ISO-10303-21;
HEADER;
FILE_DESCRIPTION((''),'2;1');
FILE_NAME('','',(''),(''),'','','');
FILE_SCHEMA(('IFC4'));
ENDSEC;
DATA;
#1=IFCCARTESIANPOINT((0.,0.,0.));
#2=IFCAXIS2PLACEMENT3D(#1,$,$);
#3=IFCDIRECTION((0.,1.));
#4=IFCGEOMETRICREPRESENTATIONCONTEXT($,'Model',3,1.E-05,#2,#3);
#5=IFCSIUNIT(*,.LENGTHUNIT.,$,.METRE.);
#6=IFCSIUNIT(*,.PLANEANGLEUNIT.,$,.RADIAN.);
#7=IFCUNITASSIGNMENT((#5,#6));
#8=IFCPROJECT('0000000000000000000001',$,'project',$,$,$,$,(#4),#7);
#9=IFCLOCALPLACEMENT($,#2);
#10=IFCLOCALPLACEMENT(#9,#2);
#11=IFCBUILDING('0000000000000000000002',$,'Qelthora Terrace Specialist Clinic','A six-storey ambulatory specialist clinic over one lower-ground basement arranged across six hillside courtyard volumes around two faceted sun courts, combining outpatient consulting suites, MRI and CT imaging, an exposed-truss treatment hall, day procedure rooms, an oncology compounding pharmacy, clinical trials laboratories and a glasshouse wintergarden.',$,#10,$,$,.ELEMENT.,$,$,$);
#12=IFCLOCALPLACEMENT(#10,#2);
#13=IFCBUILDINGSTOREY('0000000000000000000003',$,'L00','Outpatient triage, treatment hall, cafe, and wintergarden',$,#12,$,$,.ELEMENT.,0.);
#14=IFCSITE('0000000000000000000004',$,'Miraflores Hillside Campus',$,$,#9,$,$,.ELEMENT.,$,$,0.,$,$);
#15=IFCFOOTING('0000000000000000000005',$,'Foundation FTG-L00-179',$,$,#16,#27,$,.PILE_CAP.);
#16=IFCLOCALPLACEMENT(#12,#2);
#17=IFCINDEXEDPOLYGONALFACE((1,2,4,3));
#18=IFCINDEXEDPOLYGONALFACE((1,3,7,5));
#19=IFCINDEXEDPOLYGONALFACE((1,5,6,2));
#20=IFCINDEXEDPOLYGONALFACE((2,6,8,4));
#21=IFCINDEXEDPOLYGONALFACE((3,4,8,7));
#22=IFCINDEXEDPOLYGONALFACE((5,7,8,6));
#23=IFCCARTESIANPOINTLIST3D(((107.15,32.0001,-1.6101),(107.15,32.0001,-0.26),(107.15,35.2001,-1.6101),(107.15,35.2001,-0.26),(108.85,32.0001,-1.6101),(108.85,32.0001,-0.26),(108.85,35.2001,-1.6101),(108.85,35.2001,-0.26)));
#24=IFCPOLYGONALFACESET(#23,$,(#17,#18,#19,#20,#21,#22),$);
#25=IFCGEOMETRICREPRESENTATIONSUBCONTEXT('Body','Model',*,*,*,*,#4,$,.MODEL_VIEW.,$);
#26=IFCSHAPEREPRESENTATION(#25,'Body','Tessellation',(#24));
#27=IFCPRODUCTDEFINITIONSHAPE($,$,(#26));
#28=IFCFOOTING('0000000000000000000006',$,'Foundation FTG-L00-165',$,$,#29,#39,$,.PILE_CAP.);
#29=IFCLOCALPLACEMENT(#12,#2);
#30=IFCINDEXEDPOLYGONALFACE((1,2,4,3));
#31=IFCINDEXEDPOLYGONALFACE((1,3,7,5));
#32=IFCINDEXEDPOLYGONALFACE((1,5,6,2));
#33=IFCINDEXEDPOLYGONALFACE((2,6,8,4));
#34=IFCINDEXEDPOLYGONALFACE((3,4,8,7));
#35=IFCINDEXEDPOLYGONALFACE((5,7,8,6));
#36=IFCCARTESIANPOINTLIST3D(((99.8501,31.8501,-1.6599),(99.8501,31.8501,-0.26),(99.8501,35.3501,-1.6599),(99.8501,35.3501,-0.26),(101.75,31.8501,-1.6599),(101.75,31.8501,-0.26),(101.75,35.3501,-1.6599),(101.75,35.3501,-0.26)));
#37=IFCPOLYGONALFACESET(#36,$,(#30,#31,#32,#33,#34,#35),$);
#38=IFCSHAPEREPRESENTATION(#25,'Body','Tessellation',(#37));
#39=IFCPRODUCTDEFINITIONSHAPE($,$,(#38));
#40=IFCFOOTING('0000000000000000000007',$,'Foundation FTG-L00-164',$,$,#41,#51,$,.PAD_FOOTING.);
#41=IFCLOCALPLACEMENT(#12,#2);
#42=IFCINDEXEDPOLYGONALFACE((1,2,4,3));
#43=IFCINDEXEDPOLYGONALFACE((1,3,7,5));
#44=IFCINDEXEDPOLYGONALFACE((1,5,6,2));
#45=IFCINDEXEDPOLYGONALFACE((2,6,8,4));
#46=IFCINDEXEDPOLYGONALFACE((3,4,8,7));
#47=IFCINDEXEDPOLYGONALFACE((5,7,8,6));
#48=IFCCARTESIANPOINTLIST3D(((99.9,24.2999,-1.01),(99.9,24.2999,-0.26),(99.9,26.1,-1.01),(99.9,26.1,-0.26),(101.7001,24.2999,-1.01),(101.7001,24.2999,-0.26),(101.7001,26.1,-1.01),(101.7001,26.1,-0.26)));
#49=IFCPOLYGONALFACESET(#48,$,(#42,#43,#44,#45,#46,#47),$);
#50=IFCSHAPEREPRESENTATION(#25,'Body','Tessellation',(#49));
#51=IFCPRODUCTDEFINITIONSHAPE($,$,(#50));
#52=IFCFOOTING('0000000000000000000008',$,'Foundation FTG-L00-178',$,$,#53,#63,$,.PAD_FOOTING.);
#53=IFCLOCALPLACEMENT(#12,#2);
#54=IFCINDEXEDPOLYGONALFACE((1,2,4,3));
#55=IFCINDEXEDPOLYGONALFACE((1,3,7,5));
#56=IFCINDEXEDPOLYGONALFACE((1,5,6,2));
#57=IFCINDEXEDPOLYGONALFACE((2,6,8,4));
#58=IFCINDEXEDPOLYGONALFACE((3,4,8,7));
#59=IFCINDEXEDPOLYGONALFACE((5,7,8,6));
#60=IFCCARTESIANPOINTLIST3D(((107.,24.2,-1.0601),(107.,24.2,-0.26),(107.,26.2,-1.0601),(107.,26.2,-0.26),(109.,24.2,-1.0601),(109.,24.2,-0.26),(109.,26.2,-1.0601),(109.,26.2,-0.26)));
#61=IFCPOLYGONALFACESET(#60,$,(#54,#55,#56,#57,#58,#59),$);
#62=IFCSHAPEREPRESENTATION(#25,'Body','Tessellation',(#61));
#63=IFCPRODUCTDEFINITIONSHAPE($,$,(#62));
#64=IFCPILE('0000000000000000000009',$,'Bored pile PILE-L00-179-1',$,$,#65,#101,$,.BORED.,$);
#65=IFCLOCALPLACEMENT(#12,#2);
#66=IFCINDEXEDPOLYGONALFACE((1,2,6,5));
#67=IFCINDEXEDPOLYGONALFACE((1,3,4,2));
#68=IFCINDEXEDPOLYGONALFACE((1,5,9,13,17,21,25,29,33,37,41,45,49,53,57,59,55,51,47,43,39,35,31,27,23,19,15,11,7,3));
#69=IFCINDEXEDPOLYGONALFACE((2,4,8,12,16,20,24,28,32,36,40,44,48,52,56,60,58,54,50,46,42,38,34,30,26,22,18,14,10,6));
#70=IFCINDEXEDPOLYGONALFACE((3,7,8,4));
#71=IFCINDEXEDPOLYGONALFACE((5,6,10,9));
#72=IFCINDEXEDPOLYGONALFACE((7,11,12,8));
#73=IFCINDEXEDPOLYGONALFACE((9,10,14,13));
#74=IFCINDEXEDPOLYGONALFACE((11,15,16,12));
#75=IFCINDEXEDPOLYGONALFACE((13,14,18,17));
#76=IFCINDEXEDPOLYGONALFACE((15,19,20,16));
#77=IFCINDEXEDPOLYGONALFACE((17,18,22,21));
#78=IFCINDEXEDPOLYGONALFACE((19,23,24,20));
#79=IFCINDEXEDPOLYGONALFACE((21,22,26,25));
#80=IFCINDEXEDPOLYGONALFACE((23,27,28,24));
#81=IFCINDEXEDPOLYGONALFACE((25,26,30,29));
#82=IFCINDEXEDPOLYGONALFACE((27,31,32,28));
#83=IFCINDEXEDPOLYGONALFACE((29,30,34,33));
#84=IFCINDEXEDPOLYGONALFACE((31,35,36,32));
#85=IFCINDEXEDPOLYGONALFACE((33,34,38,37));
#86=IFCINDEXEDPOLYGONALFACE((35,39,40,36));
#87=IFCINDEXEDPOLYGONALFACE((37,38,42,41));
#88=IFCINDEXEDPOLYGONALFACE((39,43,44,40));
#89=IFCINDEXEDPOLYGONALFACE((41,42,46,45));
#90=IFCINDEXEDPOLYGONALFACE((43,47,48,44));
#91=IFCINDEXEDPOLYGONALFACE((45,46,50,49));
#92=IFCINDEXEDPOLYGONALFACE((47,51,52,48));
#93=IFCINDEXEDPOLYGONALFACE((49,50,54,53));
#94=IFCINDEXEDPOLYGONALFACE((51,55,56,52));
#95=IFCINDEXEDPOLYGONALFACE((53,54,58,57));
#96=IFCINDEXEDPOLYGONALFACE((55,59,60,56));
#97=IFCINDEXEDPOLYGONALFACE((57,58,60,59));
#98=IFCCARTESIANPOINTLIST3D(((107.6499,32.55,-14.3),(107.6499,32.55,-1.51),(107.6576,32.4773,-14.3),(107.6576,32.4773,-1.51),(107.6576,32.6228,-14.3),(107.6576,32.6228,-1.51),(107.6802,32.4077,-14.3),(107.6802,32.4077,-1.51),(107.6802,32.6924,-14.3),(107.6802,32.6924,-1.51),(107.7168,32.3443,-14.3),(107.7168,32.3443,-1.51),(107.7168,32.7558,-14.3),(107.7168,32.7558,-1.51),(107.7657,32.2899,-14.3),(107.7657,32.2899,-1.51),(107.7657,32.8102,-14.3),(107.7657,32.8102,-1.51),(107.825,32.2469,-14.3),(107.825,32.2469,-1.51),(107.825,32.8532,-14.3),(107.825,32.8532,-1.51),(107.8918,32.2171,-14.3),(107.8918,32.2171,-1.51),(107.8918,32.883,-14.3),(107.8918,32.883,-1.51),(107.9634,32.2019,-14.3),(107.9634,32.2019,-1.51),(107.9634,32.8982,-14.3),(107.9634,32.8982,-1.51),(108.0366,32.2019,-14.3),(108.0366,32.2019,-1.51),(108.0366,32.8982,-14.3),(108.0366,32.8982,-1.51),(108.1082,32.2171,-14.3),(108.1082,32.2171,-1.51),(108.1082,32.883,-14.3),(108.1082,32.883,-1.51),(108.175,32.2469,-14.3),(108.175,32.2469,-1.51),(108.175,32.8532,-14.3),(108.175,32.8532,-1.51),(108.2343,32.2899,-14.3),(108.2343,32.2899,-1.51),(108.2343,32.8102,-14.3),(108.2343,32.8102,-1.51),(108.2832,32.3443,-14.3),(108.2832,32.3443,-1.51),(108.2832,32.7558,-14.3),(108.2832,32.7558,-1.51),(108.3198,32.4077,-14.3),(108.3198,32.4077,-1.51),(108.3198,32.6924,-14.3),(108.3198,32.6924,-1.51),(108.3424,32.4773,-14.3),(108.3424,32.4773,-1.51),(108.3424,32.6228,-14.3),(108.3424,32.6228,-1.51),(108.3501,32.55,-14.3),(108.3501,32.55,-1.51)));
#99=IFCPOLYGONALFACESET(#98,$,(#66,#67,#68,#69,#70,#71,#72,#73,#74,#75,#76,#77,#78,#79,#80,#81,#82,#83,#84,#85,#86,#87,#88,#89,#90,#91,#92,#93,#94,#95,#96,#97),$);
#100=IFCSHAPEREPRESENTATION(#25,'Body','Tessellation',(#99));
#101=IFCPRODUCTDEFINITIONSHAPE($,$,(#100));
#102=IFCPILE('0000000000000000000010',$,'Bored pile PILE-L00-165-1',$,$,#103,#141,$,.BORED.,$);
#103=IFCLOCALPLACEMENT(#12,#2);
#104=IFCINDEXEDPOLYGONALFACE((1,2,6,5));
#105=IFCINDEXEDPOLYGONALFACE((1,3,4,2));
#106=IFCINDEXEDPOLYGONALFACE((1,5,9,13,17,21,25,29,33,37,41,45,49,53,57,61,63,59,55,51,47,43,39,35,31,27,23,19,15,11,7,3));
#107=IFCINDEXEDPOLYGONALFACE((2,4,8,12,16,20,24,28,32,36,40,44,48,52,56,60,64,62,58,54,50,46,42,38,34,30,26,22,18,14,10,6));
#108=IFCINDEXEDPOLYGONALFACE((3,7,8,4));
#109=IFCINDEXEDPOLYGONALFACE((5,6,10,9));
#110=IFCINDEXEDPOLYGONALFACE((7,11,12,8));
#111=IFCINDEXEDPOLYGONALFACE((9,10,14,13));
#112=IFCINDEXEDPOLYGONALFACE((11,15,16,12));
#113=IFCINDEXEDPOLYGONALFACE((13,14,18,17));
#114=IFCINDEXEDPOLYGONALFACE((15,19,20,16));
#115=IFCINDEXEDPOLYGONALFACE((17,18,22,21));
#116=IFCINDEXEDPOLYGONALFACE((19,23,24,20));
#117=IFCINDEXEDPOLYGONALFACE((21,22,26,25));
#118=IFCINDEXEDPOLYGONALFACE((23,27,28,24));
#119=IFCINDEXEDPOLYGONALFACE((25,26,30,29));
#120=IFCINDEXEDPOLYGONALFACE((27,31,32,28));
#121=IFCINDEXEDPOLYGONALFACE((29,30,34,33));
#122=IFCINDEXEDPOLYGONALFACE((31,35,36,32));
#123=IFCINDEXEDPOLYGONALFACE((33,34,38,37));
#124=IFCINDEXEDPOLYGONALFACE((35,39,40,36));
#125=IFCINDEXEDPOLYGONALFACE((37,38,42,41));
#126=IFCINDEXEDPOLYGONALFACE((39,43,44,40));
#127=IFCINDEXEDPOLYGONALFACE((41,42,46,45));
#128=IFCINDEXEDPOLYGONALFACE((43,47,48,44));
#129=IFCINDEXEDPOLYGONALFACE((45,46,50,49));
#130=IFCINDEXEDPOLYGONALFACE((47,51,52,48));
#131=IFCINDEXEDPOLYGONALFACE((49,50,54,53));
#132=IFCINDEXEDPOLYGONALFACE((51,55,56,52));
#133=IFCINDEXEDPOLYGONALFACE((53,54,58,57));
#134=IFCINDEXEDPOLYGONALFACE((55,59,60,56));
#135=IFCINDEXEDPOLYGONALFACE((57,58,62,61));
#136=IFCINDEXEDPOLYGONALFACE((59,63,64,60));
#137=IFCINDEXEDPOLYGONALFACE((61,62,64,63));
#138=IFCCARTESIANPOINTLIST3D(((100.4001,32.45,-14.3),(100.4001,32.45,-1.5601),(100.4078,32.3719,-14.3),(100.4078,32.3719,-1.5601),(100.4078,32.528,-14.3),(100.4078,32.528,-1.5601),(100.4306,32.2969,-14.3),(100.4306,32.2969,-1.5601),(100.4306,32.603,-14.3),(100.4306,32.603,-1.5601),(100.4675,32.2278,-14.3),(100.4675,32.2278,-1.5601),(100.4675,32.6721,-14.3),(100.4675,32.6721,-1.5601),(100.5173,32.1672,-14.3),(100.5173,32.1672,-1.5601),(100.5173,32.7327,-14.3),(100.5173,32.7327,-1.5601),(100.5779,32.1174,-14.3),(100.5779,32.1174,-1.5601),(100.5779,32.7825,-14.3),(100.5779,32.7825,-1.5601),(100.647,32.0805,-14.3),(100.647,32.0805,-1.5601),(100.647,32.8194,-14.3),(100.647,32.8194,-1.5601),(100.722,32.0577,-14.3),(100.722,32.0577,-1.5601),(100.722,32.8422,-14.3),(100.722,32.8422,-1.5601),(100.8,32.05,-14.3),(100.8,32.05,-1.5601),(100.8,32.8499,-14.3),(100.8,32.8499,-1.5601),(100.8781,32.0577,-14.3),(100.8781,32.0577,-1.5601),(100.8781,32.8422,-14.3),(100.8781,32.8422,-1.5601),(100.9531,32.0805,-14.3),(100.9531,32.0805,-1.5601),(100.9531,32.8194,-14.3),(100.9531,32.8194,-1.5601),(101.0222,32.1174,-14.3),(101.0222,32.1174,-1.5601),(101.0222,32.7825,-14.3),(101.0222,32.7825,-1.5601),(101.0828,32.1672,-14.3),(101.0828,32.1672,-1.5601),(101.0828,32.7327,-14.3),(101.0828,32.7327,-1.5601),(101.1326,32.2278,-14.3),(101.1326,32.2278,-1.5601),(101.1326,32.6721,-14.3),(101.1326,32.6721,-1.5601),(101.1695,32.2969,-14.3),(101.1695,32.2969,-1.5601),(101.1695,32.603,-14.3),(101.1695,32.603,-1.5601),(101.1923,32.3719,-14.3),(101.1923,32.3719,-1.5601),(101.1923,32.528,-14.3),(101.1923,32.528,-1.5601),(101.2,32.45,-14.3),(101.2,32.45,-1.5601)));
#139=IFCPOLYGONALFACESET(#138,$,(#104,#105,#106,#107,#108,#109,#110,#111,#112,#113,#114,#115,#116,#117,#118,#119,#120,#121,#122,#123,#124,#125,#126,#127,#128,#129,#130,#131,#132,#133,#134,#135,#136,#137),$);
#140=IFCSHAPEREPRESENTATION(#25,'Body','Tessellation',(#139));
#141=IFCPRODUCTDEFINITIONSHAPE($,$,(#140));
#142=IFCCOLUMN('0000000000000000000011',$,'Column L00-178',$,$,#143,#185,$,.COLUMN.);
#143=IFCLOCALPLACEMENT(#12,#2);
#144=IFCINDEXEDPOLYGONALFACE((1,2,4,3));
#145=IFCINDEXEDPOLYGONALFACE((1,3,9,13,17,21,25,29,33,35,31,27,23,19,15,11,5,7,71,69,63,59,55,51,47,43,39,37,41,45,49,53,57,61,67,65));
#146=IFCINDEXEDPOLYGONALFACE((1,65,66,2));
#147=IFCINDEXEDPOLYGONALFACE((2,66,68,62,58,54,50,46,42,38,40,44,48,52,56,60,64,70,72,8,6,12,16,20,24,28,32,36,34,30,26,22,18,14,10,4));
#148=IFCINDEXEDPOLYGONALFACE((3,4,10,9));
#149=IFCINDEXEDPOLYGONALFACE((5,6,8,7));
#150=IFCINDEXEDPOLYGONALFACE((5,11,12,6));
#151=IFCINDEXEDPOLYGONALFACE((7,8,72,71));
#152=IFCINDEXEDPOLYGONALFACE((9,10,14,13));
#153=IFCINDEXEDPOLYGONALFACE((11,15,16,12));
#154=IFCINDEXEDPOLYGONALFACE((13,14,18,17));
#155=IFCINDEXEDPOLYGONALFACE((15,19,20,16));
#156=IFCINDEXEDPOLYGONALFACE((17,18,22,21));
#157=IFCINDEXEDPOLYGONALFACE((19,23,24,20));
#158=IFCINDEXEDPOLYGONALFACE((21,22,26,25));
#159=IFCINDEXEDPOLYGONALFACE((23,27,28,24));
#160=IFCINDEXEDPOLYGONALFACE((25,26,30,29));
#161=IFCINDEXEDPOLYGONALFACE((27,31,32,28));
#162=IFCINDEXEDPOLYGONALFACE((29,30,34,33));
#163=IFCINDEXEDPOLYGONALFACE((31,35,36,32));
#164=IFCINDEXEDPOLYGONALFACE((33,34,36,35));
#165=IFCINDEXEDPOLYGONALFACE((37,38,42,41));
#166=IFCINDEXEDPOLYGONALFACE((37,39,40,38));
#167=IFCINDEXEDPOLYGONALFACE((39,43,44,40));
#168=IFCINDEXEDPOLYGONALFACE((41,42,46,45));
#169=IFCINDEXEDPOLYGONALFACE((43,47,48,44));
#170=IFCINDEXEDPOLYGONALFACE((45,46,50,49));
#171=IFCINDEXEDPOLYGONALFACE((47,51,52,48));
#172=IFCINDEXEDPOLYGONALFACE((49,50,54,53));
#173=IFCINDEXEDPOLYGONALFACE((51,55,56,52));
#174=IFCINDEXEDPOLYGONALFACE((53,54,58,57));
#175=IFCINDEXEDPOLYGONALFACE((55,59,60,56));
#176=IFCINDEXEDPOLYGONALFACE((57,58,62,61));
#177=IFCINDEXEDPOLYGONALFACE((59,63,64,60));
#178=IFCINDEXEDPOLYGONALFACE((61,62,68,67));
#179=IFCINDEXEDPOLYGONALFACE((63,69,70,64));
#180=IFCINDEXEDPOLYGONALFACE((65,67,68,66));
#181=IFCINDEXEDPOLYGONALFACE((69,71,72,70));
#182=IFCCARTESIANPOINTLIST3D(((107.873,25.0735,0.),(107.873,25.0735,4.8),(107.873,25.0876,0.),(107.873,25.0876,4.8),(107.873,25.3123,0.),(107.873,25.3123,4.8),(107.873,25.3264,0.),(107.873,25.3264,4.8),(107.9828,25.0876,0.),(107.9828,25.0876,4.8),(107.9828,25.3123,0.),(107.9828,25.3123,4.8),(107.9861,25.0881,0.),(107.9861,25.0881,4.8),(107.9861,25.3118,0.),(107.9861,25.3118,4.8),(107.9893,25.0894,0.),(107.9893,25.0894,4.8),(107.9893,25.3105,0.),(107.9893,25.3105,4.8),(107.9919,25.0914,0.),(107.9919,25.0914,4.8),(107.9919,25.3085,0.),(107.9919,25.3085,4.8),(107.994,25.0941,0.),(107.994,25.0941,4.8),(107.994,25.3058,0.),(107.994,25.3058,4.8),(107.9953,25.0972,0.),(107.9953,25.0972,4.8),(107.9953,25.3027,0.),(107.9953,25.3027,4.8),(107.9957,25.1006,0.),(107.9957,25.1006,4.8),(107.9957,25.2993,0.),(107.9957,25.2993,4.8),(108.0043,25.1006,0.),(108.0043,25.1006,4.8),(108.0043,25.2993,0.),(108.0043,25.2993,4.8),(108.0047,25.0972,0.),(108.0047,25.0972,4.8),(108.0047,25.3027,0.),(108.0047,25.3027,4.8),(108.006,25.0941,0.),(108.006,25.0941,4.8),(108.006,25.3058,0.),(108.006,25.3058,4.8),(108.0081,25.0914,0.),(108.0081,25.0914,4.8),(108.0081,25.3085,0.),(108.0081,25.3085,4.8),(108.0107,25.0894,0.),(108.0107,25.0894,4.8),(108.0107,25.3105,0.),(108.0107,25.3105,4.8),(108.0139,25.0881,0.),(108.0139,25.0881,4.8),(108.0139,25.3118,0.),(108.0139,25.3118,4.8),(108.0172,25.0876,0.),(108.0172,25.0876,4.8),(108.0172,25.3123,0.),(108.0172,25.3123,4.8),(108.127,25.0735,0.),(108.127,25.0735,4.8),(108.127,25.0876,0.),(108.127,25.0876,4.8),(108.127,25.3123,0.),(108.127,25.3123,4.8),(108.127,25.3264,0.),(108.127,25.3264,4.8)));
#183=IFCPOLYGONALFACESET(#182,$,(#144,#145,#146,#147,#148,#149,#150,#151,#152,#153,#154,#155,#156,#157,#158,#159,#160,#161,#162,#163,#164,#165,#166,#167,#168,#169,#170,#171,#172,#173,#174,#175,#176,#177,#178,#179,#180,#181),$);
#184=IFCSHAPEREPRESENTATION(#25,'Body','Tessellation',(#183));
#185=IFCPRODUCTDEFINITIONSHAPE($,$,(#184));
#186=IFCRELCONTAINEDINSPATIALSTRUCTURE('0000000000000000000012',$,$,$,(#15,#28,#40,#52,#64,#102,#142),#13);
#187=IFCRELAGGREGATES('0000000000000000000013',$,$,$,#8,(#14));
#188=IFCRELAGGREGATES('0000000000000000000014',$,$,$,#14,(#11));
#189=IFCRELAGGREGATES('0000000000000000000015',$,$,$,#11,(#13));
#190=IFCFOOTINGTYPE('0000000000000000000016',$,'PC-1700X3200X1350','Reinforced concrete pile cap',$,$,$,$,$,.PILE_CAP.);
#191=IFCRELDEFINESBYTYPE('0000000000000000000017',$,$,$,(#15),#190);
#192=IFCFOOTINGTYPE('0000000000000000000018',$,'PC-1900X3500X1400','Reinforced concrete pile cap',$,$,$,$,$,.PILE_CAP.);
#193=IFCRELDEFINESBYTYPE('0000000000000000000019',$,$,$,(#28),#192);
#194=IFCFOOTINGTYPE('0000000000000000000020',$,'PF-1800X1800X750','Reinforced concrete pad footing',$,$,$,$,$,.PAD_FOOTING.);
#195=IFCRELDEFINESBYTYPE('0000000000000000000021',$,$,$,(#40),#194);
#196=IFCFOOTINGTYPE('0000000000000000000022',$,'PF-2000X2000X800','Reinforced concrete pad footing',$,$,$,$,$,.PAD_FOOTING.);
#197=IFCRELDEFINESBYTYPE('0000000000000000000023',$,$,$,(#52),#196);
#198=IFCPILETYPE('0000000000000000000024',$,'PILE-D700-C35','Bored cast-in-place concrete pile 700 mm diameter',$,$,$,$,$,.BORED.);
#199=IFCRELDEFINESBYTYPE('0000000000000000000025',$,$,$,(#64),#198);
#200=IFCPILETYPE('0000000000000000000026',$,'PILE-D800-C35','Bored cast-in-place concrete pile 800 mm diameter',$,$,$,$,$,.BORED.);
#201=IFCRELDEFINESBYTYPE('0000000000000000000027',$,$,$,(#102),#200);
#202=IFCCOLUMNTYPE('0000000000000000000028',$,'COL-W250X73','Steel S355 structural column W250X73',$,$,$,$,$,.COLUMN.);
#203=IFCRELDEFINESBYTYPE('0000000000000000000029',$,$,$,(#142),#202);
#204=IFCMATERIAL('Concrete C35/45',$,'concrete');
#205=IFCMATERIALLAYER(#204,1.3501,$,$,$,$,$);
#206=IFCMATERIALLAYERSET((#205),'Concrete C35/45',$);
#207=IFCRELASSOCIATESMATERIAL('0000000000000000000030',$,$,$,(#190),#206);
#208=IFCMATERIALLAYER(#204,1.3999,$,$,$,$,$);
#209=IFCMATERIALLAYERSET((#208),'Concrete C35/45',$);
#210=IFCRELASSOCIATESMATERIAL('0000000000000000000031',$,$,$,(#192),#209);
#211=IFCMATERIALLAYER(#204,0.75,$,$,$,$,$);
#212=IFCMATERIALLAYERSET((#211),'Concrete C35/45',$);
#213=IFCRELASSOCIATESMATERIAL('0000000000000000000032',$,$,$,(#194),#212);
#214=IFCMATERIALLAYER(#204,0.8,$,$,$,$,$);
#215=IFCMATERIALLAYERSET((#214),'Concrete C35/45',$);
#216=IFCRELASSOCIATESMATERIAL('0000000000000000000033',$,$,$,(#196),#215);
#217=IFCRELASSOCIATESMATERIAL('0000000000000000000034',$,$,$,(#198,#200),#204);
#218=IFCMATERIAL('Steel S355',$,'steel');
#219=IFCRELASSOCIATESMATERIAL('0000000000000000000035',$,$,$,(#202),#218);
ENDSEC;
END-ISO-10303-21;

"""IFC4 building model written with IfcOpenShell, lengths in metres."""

from ifc_helpers import new_model, si_unit, direction, frame, origin, origin_2d, place, context, subcontext, project, spatial, rectangle, circle, i_section, extrude, material, layer, layer_set, material_profile, profile_set, type_object, element, save


model = new_model("IFC4")

# Units and contexts
model_context = context("Model", 3, precision=1e-05, world=origin(), true_north=direction((0.0, 1.0)))
body_context = subcontext(model_context, "Body", "Model", "MODEL_VIEW")
ifc_project = project(units=[si_unit("LENGTHUNIT", "METRE"), si_unit("PLANEANGLEUNIT", "RADIAN")], contexts=[model_context])

# Site, building, storey
site_placement = place(None, origin())
site = spatial("IfcSite", under=ifc_project, at=site_placement, Name="Miraflores Hillside Campus", CompositionType="ELEMENT", RefElevation=0.0)
building_placement = place(site_placement, origin())
building = spatial("IfcBuilding", under=site, at=building_placement, Name="Qelthora Terrace Specialist Clinic", Description="A six-storey ambulatory specialist clinic over one lower-ground basement arranged across six hillside courtyard volumes around two faceted sun courts, combining outpatient consulting suites, MRI and CT imaging, an exposed-truss treatment hall, day procedure rooms, an oncology compounding pharmacy, clinical trials laboratories and a glasshouse wintergarden.", CompositionType="ELEMENT")
storey_placement = place(building_placement, origin())
storey = spatial("IfcBuildingStorey", under=building, at=storey_placement, Name="L00", Description="Outpatient triage, treatment hall, cafe, and wintergarden", CompositionType="ELEMENT", Elevation=0.0)

# Footings
ifc_material_1 = material(Name="Concrete C35/45", Category="concrete")
ifc_layer_1 = layer(ifc_material_1, 1.3501)
ifc_layer_set_1 = layer_set([ifc_layer_1], Name="Concrete C35/45")
footing_type_1 = type_object("IfcFootingType", Name="PC-1700X3200X1350", Description="Reinforced concrete pile cap", PredefinedType="PILE_CAP", material=ifc_layer_set_1)
footing_1_placement = place(storey_placement, frame((108.0, 33.6001, -1.6101), z_axis=(0.0, 0.0, 1.0), x_axis=(1.0, 0.0, 0.0)))
element("IfcFooting", 1, at=footing_1_placement, inside=storey, type_object=footing_type_1, Name="Foundation FTG-L00-179", PredefinedType="PILE_CAP", context=body_context, shape_type="SweptSolid", body=[
    extrude(rectangle(XDim=1.7, YDim=3.2, at=origin_2d()), origin(), (0.0, 0.0, 1.0), 1.3501),
])
ifc_layer_2 = layer(ifc_material_1, 1.3999)
ifc_layer_set_2 = layer_set([ifc_layer_2], Name="Concrete C35/45")
footing_type_2 = type_object("IfcFootingType", Name="PC-1900X3500X1400", Description="Reinforced concrete pile cap", PredefinedType="PILE_CAP", material=ifc_layer_set_2)
footing_2_placement = place(storey_placement, frame((100.8, 33.6001, -1.6599), z_axis=(0.0, 0.0, 1.0), x_axis=(1.0, 0.0, 0.0)))
element("IfcFooting", 2, at=footing_2_placement, inside=storey, type_object=footing_type_2, Name="Foundation FTG-L00-165", PredefinedType="PILE_CAP", context=body_context, shape_type="SweptSolid", body=[
    extrude(rectangle(XDim=1.8999, YDim=3.5, at=origin_2d()), origin(), (0.0, 0.0, 1.0), 1.3999),
])
ifc_layer_3 = layer(ifc_material_1, 0.75)
ifc_layer_set_3 = layer_set([ifc_layer_3], Name="Concrete C35/45")
footing_type_3 = type_object("IfcFootingType", Name="PF-1800X1800X750", Description="Reinforced concrete pad footing", PredefinedType="PAD_FOOTING", material=ifc_layer_set_3)
footing_3_placement = place(storey_placement, frame((100.8, 25.2, -1.01), z_axis=(0.0, 0.0, 1.0), x_axis=(1.0, 0.0, 0.0)))
element("IfcFooting", 3, at=footing_3_placement, inside=storey, type_object=footing_type_3, Name="Foundation FTG-L00-164", PredefinedType="PAD_FOOTING", context=body_context, shape_type="SweptSolid", body=[
    extrude(rectangle(XDim=1.8, YDim=1.8, at=origin_2d()), origin(), (0.0, 0.0, 1.0), 0.75),
])
ifc_layer_4 = layer(ifc_material_1, 0.8)
ifc_layer_set_4 = layer_set([ifc_layer_4], Name="Concrete C35/45")
footing_type_4 = type_object("IfcFootingType", Name="PF-2000X2000X800", Description="Reinforced concrete pad footing", PredefinedType="PAD_FOOTING", material=ifc_layer_set_4)
footing_4_placement = place(storey_placement, frame((108.0, 25.2, -1.0601), z_axis=(0.0, 0.0, 1.0), x_axis=(1.0, 0.0, 0.0)))
element("IfcFooting", 4, at=footing_4_placement, inside=storey, type_object=footing_type_4, Name="Foundation FTG-L00-178", PredefinedType="PAD_FOOTING", context=body_context, shape_type="SweptSolid", body=[
    extrude(rectangle(XDim=2.0, YDim=2.0, at=origin_2d()), origin(), (0.0, 0.0, 1.0), 0.8),
])

# Piles
ifc_material_profile_1 = material_profile(ifc_material_1, circle(Radius=0.3501, at=origin_2d()), Name="PILE700")
ifc_profile_set_1 = profile_set([ifc_material_profile_1], Name="Concrete C35/45")
pile_type_1 = type_object("IfcPileType", Name="PILE-D700-C35", Description="Bored cast-in-place concrete pile 700 mm diameter", PredefinedType="BORED", material=ifc_profile_set_1)
pile_1_placement = place(storey_placement, frame((108.0, 32.55, -1.51), z_axis=(0.0, 0.0, -1.0), x_axis=(1.0, 0.0, 0.0)))
element("IfcPile", 5, at=pile_1_placement, inside=storey, type_object=pile_type_1, Name="Bored pile PILE-L00-179-1", PredefinedType="BORED", context=body_context, shape_type="SweptSolid", body=[
    extrude(circle(Radius=0.3501, at=origin_2d()), origin(), (0.0, 0.0, 1.0), 12.79),
])
ifc_material_profile_2 = material_profile(ifc_material_1, circle(Radius=0.3999, at=origin_2d()), Name="PILE800")
ifc_profile_set_2 = profile_set([ifc_material_profile_2], Name="Concrete C35/45")
pile_type_2 = type_object("IfcPileType", Name="PILE-D800-C35", Description="Bored cast-in-place concrete pile 800 mm diameter", PredefinedType="BORED", material=ifc_profile_set_2)
pile_2_placement = place(storey_placement, frame((100.8, 32.45, -1.5601), z_axis=(0.0, 0.0, -1.0), x_axis=(1.0, 0.0, 0.0)))
element("IfcPile", 6, at=pile_2_placement, inside=storey, type_object=pile_type_2, Name="Bored pile PILE-L00-165-1", PredefinedType="BORED", context=body_context, shape_type="SweptSolid", body=[
    extrude(circle(Radius=0.3999, at=origin_2d()), origin(), (0.0, 0.0, 1.0), 12.74),
])

# Column
ifc_material_2 = material(Name="Steel S355", Category="steel")
ifc_material_profile_3 = material_profile(ifc_material_2, i_section(OverallWidth=0.2539, OverallDepth=0.2529, WebThickness=0.0085, FlangeThickness=0.0142, FilletRadius=0.0129, at=origin_2d()), Name="W250X73")
ifc_profile_set_3 = profile_set([ifc_material_profile_3], Name="Steel S355")
column_type_1 = type_object("IfcColumnType", Name="COL-W250X73", Description="Steel S355 structural column W250X73", PredefinedType="COLUMN", material=ifc_profile_set_3)
column_1_placement = place(storey_placement, frame((108.0, 25.2, 0.0), z_axis=(0.0, 0.0, 1.0), x_axis=(1.0, 0.0, 0.0)))
element("IfcColumn", 7, at=column_1_placement, inside=storey, type_object=column_type_1, Name="Column L00-178", PredefinedType="COLUMN", context=body_context, shape_type="SweptSolid", body=[
    extrude(i_section(OverallWidth=0.2539, OverallDepth=0.2529, WebThickness=0.0085, FlangeThickness=0.0142, FilletRadius=0.0129, at=origin_2d()), origin(), (0.0, 0.0, 1.0), 4.8),
])

save(model, "model.ifc")
